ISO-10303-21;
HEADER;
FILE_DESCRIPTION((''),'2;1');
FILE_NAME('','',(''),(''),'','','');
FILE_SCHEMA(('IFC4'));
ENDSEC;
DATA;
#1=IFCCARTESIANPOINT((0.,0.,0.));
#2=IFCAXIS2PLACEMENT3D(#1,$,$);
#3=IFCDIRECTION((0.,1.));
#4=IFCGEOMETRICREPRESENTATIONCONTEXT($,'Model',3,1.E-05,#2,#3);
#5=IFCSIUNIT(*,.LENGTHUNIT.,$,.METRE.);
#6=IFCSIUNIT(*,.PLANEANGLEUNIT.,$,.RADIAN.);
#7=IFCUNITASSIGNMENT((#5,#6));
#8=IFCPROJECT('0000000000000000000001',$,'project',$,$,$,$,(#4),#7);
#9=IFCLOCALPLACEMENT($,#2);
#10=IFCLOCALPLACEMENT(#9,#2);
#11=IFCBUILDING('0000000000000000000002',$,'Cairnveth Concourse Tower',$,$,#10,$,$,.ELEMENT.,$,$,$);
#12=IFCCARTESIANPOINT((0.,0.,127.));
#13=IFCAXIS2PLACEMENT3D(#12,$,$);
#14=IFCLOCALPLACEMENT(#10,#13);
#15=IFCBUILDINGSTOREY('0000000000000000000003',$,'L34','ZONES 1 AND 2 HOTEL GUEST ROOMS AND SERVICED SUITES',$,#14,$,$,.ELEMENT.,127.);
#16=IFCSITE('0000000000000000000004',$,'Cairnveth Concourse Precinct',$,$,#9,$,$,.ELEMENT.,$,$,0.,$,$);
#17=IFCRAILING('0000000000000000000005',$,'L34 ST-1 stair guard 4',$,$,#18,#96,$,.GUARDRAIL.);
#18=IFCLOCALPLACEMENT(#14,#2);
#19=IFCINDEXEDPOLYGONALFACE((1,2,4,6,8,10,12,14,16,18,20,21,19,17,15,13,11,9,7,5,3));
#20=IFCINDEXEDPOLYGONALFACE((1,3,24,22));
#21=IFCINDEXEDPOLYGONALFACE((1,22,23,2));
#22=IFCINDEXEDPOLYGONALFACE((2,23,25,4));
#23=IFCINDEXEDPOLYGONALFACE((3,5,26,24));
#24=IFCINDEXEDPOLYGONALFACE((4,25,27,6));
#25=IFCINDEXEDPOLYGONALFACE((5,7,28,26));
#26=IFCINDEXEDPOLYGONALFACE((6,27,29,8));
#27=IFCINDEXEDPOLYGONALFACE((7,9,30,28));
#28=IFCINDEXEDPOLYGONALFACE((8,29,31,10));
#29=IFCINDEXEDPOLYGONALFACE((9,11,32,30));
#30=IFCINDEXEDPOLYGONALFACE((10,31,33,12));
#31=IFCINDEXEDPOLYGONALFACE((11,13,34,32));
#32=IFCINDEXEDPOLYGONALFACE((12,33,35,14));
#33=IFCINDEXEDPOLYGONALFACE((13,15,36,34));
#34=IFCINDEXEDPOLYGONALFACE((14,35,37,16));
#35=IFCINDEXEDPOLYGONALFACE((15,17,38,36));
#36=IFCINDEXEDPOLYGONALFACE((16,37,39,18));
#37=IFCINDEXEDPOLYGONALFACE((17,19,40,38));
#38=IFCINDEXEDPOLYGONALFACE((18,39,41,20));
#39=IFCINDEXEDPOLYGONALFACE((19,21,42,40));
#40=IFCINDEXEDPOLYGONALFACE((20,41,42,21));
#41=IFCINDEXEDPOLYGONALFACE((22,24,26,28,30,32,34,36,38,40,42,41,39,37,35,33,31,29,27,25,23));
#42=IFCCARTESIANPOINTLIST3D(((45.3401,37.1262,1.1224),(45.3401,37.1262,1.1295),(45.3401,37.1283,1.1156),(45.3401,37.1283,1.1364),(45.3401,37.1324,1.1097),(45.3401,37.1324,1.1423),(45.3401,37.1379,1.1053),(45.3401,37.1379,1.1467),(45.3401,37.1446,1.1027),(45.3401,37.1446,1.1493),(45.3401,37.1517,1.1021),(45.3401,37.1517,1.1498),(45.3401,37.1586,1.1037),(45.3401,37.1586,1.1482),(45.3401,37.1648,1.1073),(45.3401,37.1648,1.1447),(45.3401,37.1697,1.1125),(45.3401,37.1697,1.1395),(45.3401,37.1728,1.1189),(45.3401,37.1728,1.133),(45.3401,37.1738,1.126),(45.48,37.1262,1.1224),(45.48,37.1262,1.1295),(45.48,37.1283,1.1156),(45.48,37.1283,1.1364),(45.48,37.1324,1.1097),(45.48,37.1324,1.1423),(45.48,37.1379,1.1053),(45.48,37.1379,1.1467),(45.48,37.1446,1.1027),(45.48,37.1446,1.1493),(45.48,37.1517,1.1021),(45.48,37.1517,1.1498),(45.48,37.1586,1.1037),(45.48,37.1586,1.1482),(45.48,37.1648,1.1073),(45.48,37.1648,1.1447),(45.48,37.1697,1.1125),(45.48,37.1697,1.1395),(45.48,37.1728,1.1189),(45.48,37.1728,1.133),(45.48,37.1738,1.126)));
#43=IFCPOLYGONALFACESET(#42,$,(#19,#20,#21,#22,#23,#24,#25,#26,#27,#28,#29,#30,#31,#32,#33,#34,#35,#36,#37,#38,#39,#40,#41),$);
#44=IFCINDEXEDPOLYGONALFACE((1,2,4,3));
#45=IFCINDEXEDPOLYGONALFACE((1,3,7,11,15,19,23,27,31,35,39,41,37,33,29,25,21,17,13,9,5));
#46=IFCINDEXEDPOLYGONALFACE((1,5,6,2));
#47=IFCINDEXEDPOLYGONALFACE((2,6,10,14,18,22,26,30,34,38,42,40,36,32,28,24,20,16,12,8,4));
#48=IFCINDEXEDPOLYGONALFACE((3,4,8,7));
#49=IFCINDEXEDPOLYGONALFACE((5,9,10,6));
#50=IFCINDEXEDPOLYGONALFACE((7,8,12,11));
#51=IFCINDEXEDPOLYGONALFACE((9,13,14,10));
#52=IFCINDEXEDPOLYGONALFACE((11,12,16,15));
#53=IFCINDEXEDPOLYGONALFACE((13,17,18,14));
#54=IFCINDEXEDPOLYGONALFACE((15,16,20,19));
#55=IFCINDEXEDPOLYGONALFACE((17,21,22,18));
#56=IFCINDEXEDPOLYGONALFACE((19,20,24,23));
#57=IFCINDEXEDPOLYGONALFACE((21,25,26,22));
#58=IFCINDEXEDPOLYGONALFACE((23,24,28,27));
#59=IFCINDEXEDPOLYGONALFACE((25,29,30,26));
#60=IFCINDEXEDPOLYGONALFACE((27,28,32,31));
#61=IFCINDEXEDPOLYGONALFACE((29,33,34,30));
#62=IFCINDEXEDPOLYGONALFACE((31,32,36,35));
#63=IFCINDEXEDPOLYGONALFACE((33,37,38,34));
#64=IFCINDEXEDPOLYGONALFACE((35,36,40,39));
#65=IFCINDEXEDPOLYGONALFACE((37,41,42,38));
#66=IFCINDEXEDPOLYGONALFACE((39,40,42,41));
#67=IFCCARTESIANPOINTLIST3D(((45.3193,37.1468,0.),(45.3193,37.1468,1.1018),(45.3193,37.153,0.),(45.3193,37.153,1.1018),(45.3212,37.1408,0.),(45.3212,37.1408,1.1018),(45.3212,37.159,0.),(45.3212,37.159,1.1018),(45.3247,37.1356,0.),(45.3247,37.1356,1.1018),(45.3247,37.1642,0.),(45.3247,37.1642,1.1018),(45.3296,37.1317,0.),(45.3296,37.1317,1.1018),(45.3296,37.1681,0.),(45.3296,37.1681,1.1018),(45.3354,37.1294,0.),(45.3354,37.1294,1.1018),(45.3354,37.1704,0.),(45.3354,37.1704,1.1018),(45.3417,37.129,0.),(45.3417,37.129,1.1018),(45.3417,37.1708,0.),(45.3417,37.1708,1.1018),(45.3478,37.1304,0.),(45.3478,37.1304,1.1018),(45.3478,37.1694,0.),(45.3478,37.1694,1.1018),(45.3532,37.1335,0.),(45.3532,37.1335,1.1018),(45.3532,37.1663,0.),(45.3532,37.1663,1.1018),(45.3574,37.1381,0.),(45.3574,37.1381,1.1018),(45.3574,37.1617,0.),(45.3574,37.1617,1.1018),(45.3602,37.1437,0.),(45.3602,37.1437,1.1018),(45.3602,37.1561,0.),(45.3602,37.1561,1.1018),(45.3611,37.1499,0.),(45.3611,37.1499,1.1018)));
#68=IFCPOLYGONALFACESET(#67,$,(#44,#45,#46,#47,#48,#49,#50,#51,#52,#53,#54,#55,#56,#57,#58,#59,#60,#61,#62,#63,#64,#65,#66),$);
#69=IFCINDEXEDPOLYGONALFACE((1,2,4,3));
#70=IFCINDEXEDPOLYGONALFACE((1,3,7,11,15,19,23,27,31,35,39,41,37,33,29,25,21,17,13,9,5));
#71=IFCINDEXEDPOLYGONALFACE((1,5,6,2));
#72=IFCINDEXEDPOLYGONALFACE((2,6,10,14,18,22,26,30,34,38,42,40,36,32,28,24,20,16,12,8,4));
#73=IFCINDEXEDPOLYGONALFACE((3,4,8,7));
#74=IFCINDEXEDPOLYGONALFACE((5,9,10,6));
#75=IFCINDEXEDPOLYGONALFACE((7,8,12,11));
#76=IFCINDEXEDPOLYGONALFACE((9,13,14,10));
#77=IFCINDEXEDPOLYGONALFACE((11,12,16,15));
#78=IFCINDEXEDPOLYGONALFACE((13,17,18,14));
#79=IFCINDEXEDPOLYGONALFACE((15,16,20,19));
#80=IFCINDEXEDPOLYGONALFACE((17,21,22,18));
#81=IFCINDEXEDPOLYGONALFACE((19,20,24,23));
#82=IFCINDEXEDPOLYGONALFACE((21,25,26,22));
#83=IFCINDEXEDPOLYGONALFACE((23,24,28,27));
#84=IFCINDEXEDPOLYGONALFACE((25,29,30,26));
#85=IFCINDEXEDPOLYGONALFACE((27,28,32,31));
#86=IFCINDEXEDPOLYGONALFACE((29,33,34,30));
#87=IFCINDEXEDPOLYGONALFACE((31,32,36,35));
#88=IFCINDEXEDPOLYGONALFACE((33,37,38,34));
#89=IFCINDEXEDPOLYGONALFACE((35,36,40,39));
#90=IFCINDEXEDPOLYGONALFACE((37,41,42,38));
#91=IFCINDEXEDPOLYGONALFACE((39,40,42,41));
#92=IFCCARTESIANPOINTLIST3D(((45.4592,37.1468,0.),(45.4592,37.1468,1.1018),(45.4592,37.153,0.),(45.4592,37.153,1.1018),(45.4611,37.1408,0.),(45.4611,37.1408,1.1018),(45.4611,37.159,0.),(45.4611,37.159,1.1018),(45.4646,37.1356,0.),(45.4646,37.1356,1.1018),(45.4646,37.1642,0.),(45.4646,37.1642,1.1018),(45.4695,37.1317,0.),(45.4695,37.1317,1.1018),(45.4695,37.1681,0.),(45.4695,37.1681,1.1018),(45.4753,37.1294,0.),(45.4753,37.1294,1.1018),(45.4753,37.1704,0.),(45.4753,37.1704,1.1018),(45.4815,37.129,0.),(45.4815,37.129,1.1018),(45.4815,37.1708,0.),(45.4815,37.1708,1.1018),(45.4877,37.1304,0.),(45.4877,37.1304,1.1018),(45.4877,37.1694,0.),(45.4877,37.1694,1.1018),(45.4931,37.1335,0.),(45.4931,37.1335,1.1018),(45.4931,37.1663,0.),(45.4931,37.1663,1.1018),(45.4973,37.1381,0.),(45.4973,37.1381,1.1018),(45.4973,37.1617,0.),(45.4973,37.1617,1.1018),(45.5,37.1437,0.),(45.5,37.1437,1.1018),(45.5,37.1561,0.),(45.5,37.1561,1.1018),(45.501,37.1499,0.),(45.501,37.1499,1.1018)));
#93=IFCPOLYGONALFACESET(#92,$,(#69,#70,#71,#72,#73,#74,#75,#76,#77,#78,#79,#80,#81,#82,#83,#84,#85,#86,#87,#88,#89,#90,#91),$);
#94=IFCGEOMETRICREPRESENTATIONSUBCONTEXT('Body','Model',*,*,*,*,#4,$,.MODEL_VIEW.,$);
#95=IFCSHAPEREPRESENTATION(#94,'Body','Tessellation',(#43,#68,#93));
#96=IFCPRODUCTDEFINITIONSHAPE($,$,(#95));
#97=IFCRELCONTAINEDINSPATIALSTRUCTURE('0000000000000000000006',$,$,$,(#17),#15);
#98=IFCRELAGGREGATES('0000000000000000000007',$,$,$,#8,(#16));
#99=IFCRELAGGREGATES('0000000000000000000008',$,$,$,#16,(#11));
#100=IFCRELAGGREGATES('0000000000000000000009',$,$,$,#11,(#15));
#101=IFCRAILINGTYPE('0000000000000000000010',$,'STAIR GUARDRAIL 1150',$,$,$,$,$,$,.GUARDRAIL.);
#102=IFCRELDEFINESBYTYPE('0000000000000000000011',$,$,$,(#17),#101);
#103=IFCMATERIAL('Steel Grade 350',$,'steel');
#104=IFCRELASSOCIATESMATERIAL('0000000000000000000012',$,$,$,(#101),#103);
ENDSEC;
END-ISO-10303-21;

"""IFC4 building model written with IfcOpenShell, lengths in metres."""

from ifc_helpers import new_model, si_unit, direction, frame, origin, origin_2d, place, context, subcontext, project, spatial, circle, extrude, material, type_object, element, save


model = new_model("IFC4")

# Units and contexts
model_context = context("Model", 3, precision=1e-05, world=origin(), true_north=direction((0.0, 1.0)))
body_context = subcontext(model_context, "Body", "Model", "MODEL_VIEW")
ifc_project = project(units=[si_unit("LENGTHUNIT", "METRE"), si_unit("PLANEANGLEUNIT", "RADIAN")], contexts=[model_context])

# Site, building, storey
site_placement = place(None, origin())
site = spatial("IfcSite", under=ifc_project, at=site_placement, Name="Cairnveth Concourse Precinct", CompositionType="ELEMENT", RefElevation=0.0)
building_placement = place(site_placement, origin())
building = spatial("IfcBuilding", under=site, at=building_placement, Name="Cairnveth Concourse Tower", CompositionType="ELEMENT")
storey_placement = place(building_placement, frame((0.0, 0.0, 127.0)))
storey = spatial("IfcBuildingStorey", under=building, at=storey_placement, Name="L34", Description="ZONES 1 AND 2 HOTEL GUEST ROOMS AND SERVICED SUITES", CompositionType="ELEMENT", Elevation=127.0)

# Shared definitions
ifc_material_1 = material(Name="Steel Grade 350", Category="steel")

# Railing
railing_type_1 = type_object("IfcRailingType", Name="STAIR GUARDRAIL 1150", PredefinedType="GUARDRAIL", material=ifc_material_1)
railing_1_placement = place(storey_placement, frame((45.3401, 37.1499, 0.0)))
element("IfcRailing", 1, at=railing_1_placement, inside=storey, type_object=railing_type_1, Name="L34 ST-1 stair guard 4", PredefinedType="GUARDRAIL", context=body_context, shape_type="SweptSolid", body=[
    extrude(circle(Radius=0.0239, at=origin_2d()), frame((0.0, 0.0, 1.126), z_axis=(1.0, 0.0, 0.0), x_axis=(0.0, 1.0, 0.0)), (0.0, 0.0, 1.0), 0.1399),
    extrude(circle(Radius=0.021, at=origin_2d()), origin(), (0.0, 0.0, 1.0), 1.1018),
    extrude(circle(Radius=0.021, at=origin_2d()), frame((0.1399, 0.0, 0.0)), (0.0, 0.0, 1.0), 1.1018),
])

save(model, "model.ifc")
